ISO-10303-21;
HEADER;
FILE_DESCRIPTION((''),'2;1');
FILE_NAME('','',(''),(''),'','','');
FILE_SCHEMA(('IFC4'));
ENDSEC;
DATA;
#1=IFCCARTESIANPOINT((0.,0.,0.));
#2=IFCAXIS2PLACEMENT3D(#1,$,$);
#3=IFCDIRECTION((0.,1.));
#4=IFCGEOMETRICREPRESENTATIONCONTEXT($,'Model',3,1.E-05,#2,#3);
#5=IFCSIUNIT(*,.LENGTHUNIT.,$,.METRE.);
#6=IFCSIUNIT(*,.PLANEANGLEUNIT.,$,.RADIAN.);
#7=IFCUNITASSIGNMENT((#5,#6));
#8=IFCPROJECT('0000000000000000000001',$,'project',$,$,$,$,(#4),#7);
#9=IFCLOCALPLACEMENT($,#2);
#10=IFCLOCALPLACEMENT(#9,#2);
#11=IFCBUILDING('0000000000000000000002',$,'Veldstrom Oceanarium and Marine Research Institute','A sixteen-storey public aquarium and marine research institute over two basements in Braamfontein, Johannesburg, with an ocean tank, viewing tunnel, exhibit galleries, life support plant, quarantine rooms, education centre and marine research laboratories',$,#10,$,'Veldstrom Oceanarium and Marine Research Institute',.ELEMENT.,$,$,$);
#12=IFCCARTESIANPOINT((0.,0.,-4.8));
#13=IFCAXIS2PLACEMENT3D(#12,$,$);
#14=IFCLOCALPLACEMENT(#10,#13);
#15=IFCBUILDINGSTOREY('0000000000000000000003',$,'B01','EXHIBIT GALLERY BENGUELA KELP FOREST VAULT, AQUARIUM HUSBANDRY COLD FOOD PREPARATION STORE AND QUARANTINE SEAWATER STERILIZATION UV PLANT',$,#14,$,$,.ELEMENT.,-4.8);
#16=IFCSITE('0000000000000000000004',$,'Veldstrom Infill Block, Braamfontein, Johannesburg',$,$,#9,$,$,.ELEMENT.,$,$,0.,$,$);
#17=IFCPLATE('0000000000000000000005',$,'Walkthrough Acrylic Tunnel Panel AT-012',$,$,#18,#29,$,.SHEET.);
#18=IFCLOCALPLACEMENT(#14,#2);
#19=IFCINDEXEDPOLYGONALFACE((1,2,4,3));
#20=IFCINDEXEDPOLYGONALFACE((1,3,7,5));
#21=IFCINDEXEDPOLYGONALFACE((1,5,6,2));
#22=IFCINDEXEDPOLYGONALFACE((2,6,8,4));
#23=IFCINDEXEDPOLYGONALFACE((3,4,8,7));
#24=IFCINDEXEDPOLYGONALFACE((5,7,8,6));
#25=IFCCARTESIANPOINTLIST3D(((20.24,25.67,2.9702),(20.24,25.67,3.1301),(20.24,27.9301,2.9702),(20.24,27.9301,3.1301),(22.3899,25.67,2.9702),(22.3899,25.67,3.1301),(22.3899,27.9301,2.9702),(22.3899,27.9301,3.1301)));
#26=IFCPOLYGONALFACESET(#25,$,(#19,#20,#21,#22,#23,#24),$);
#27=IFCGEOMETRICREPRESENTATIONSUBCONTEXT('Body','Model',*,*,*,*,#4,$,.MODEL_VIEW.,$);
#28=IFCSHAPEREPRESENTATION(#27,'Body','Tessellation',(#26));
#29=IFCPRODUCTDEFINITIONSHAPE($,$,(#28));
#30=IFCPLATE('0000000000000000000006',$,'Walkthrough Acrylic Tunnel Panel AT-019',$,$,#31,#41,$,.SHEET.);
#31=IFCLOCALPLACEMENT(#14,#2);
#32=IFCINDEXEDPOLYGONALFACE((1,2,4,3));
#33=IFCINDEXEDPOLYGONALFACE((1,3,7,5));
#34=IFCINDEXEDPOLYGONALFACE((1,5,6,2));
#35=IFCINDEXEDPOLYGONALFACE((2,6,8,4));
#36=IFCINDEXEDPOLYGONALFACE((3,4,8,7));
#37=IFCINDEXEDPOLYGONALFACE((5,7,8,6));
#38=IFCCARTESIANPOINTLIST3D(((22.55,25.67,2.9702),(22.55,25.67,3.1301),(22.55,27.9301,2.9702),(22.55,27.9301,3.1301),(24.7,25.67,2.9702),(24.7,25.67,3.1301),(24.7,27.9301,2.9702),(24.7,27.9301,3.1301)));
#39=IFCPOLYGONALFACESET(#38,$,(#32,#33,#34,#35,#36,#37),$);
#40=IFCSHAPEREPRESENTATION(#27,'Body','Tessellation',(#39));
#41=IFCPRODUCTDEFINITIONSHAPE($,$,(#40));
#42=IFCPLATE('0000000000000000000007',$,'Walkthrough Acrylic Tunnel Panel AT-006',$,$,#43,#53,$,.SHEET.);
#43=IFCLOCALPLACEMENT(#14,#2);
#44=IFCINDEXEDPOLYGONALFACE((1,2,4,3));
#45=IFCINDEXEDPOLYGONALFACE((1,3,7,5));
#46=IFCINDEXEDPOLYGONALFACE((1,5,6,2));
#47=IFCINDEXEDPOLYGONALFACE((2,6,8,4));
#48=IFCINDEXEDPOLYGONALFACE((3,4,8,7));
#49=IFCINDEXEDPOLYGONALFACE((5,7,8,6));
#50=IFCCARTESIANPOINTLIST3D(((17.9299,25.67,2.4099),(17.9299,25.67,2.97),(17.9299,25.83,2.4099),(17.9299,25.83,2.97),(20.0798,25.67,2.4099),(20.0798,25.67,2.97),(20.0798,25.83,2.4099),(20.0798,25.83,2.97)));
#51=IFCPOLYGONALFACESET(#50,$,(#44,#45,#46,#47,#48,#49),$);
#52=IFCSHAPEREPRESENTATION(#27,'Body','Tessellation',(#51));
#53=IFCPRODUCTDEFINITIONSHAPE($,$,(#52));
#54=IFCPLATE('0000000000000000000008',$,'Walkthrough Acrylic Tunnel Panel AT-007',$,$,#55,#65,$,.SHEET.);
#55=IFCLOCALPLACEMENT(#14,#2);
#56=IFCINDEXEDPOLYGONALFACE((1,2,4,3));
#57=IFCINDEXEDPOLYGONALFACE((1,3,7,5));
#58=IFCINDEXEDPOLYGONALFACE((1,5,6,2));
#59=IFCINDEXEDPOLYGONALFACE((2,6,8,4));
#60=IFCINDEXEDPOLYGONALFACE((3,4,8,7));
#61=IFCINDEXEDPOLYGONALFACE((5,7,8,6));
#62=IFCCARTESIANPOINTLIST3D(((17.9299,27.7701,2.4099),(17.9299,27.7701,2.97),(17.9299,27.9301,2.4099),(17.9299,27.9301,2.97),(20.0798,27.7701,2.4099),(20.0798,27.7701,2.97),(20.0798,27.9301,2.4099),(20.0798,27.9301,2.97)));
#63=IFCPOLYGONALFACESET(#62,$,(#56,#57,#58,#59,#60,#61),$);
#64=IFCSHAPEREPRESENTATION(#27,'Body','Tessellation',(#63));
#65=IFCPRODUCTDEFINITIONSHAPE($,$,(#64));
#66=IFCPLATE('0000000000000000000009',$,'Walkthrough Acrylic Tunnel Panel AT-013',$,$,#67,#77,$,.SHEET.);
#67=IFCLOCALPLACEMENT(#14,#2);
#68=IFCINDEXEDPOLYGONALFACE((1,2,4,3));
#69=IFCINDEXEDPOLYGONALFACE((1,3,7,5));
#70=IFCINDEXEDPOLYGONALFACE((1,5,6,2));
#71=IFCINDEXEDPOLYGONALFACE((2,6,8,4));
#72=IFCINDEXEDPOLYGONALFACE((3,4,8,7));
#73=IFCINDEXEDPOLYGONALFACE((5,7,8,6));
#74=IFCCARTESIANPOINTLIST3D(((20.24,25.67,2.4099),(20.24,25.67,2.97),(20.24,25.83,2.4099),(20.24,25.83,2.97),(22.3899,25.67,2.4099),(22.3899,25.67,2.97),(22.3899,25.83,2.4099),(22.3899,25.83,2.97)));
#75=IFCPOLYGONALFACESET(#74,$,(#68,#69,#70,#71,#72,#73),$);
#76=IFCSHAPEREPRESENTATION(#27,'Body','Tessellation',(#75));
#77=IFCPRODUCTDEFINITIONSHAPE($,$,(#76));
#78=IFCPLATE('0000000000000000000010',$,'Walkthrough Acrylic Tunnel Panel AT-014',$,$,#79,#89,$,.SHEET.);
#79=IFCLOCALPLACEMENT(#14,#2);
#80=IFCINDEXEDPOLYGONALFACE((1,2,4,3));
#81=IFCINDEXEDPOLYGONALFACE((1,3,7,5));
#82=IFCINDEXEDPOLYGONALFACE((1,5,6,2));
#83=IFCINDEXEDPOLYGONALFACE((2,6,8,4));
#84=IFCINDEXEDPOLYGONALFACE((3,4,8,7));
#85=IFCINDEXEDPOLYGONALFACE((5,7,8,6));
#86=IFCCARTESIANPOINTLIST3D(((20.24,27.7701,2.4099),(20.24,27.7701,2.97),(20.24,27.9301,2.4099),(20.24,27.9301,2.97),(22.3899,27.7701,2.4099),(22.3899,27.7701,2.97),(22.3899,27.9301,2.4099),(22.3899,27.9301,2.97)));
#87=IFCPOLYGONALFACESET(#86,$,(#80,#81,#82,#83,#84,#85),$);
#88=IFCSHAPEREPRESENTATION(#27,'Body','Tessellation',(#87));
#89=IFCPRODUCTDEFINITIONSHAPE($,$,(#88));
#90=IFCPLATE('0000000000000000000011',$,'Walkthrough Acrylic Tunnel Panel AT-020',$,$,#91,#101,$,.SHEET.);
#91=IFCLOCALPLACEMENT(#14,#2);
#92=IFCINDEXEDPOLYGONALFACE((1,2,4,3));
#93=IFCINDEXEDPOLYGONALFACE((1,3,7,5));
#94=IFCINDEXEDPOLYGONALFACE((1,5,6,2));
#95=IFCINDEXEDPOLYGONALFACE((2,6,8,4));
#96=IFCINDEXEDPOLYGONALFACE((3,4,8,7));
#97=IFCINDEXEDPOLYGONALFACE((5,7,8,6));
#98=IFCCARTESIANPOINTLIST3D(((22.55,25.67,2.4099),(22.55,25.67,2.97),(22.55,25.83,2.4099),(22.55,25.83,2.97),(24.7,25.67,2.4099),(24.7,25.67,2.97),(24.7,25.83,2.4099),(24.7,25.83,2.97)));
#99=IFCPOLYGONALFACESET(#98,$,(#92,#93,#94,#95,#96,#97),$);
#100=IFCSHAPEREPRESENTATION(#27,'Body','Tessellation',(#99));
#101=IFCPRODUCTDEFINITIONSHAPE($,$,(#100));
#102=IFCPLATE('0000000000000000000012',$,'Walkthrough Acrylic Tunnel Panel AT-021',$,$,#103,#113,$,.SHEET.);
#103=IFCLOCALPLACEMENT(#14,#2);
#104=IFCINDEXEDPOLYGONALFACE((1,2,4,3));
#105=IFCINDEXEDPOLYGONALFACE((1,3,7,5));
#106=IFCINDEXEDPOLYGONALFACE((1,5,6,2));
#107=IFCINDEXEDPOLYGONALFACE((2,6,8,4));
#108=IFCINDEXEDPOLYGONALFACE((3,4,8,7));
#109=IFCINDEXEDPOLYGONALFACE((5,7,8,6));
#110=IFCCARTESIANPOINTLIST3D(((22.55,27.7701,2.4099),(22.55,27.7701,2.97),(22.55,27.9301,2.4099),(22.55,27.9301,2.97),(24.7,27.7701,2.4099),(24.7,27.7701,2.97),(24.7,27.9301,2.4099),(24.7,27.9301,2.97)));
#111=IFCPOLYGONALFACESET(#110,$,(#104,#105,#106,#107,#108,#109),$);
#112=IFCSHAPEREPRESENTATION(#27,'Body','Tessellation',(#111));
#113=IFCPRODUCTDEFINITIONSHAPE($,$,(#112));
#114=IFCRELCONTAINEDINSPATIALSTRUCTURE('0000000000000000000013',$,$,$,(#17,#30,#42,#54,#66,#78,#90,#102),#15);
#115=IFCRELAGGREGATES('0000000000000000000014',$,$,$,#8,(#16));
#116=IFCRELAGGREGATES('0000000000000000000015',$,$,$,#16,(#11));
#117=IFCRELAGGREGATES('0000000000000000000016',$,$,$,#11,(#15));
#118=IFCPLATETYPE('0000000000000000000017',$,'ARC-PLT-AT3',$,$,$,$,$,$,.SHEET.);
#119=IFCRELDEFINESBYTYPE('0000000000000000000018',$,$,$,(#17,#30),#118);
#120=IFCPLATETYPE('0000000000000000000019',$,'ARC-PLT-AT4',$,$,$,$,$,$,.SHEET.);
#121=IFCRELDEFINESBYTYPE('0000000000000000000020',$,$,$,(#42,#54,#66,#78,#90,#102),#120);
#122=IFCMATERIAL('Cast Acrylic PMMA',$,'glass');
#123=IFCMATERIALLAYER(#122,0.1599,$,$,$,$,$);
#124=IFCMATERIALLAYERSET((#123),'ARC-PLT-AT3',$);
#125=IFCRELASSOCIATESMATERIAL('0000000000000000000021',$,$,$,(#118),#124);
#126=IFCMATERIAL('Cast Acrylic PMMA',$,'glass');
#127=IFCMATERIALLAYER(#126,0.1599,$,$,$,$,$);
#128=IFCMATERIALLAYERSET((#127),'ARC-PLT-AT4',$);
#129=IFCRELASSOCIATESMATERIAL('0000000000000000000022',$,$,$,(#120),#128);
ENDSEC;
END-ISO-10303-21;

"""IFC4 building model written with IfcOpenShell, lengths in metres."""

from ifc_helpers import new_model, si_unit, direction, frame, origin, origin_2d, place, context, subcontext, project, spatial, rectangle, extrude, material, layer, layer_set, type_object, element, save


model = new_model("IFC4")

# Units and contexts
model_context = context("Model", 3, precision=1e-05, world=origin(), true_north=direction((0.0, 1.0)))
body_context = subcontext(model_context, "Body", "Model", "MODEL_VIEW")
ifc_project = project(units=[si_unit("LENGTHUNIT", "METRE"), si_unit("PLANEANGLEUNIT", "RADIAN")], contexts=[model_context])

# Site, building, storey
site_placement = place(None, origin())
site = spatial("IfcSite", under=ifc_project, at=site_placement, Name="Veldstrom Infill Block, Braamfontein, Johannesburg", CompositionType="ELEMENT", RefElevation=0.0)
building_placement = place(site_placement, origin())
building = spatial("IfcBuilding", under=site, at=building_placement, Name="Veldstrom Oceanarium and Marine Research Institute", Description="A sixteen-storey public aquarium and marine research institute over two basements in Braamfontein, Johannesburg, with an ocean tank, viewing tunnel, exhibit galleries, life support plant, quarantine rooms, education centre and marine research laboratories", LongName="Veldstrom Oceanarium and Marine Research Institute", CompositionType="ELEMENT")
storey_placement = place(building_placement, frame((0.0, 0.0, -4.8)))
storey = spatial("IfcBuildingStorey", under=building, at=storey_placement, Name="B01", Description="EXHIBIT GALLERY BENGUELA KELP FOREST VAULT, AQUARIUM HUSBANDRY COLD FOOD PREPARATION STORE AND QUARANTINE SEAWATER STERILIZATION UV PLANT", CompositionType="ELEMENT", Elevation=-4.8)

# Plates
ifc_material_1 = material(Name="Cast Acrylic PMMA", Category="glass")
ifc_layer_1 = layer(ifc_material_1, 0.1599)
ifc_layer_set_1 = layer_set([ifc_layer_1], Name="ARC-PLT-AT3")
plate_type_1 = type_object("IfcPlateType", Name="ARC-PLT-AT3", PredefinedType="SHEET", material=ifc_layer_set_1)
for number, where, z_axis, x_axis, name in (
    (1, (21.3149, 26.8, 2.9702), (0.0, 0.0, 1.0), (1.0, 0.0, 0.0), "Walkthrough Acrylic Tunnel Panel AT-012"),
    (2, (23.625, 26.8, 2.9702), (0.0, 0.0, 1.0), (1.0, 0.0, 0.0), "Walkthrough Acrylic Tunnel Panel AT-019"),
):
    element("IfcPlate", number, at=place(storey_placement, frame(where, z_axis=z_axis, x_axis=x_axis)), inside=storey, type_object=plate_type_1, Name=name, PredefinedType="SHEET", context=body_context, shape_type="SweptSolid", body=[
        extrude(rectangle(XDim=2.1499, YDim=2.26, at=origin_2d()), origin(), (0.0, 0.0, 1.0), 0.1599),
    ])
ifc_material_2 = material(Name="Cast Acrylic PMMA", Category="glass")
ifc_layer_2 = layer(ifc_material_2, 0.1599)
ifc_layer_set_2 = layer_set([ifc_layer_2], Name="ARC-PLT-AT4")
plate_type_2 = type_object("IfcPlateType", Name="ARC-PLT-AT4", PredefinedType="SHEET", material=ifc_layer_set_2)
for number, where, z_axis, x_axis, name in (
    (3, (19.0049, 25.75, 2.4099), (0.0, 0.0, 1.0), (1.0, 0.0, 0.0), "Walkthrough Acrylic Tunnel Panel AT-006"),
    (4, (19.0049, 27.8501, 2.4099), (0.0, 0.0, 1.0), (1.0, 0.0, 0.0), "Walkthrough Acrylic Tunnel Panel AT-007"),
    (5, (21.3149, 25.75, 2.4099), (0.0, 0.0, 1.0), (1.0, 0.0, 0.0), "Walkthrough Acrylic Tunnel Panel AT-013"),
    (6, (21.3149, 27.8501, 2.4099), (0.0, 0.0, 1.0), (1.0, 0.0, 0.0), "Walkthrough Acrylic Tunnel Panel AT-014"),
    (7, (23.625, 25.75, 2.4099), (0.0, 0.0, 1.0), (1.0, 0.0, 0.0), "Walkthrough Acrylic Tunnel Panel AT-020"),
    (8, (23.625, 27.8501, 2.4099), (0.0, 0.0, 1.0), (1.0, 0.0, 0.0), "Walkthrough Acrylic Tunnel Panel AT-021"),
):
    element("IfcPlate", number, at=place(storey_placement, frame(where, z_axis=z_axis, x_axis=x_axis)), inside=storey, type_object=plate_type_2, Name=name, PredefinedType="SHEET", context=body_context, shape_type="SweptSolid", body=[
        extrude(rectangle(XDim=2.1499, YDim=0.1599, at=origin_2d()), origin(), (0.0, 0.0, 1.0), 0.5601),
    ])

save(model, "model.ifc")
